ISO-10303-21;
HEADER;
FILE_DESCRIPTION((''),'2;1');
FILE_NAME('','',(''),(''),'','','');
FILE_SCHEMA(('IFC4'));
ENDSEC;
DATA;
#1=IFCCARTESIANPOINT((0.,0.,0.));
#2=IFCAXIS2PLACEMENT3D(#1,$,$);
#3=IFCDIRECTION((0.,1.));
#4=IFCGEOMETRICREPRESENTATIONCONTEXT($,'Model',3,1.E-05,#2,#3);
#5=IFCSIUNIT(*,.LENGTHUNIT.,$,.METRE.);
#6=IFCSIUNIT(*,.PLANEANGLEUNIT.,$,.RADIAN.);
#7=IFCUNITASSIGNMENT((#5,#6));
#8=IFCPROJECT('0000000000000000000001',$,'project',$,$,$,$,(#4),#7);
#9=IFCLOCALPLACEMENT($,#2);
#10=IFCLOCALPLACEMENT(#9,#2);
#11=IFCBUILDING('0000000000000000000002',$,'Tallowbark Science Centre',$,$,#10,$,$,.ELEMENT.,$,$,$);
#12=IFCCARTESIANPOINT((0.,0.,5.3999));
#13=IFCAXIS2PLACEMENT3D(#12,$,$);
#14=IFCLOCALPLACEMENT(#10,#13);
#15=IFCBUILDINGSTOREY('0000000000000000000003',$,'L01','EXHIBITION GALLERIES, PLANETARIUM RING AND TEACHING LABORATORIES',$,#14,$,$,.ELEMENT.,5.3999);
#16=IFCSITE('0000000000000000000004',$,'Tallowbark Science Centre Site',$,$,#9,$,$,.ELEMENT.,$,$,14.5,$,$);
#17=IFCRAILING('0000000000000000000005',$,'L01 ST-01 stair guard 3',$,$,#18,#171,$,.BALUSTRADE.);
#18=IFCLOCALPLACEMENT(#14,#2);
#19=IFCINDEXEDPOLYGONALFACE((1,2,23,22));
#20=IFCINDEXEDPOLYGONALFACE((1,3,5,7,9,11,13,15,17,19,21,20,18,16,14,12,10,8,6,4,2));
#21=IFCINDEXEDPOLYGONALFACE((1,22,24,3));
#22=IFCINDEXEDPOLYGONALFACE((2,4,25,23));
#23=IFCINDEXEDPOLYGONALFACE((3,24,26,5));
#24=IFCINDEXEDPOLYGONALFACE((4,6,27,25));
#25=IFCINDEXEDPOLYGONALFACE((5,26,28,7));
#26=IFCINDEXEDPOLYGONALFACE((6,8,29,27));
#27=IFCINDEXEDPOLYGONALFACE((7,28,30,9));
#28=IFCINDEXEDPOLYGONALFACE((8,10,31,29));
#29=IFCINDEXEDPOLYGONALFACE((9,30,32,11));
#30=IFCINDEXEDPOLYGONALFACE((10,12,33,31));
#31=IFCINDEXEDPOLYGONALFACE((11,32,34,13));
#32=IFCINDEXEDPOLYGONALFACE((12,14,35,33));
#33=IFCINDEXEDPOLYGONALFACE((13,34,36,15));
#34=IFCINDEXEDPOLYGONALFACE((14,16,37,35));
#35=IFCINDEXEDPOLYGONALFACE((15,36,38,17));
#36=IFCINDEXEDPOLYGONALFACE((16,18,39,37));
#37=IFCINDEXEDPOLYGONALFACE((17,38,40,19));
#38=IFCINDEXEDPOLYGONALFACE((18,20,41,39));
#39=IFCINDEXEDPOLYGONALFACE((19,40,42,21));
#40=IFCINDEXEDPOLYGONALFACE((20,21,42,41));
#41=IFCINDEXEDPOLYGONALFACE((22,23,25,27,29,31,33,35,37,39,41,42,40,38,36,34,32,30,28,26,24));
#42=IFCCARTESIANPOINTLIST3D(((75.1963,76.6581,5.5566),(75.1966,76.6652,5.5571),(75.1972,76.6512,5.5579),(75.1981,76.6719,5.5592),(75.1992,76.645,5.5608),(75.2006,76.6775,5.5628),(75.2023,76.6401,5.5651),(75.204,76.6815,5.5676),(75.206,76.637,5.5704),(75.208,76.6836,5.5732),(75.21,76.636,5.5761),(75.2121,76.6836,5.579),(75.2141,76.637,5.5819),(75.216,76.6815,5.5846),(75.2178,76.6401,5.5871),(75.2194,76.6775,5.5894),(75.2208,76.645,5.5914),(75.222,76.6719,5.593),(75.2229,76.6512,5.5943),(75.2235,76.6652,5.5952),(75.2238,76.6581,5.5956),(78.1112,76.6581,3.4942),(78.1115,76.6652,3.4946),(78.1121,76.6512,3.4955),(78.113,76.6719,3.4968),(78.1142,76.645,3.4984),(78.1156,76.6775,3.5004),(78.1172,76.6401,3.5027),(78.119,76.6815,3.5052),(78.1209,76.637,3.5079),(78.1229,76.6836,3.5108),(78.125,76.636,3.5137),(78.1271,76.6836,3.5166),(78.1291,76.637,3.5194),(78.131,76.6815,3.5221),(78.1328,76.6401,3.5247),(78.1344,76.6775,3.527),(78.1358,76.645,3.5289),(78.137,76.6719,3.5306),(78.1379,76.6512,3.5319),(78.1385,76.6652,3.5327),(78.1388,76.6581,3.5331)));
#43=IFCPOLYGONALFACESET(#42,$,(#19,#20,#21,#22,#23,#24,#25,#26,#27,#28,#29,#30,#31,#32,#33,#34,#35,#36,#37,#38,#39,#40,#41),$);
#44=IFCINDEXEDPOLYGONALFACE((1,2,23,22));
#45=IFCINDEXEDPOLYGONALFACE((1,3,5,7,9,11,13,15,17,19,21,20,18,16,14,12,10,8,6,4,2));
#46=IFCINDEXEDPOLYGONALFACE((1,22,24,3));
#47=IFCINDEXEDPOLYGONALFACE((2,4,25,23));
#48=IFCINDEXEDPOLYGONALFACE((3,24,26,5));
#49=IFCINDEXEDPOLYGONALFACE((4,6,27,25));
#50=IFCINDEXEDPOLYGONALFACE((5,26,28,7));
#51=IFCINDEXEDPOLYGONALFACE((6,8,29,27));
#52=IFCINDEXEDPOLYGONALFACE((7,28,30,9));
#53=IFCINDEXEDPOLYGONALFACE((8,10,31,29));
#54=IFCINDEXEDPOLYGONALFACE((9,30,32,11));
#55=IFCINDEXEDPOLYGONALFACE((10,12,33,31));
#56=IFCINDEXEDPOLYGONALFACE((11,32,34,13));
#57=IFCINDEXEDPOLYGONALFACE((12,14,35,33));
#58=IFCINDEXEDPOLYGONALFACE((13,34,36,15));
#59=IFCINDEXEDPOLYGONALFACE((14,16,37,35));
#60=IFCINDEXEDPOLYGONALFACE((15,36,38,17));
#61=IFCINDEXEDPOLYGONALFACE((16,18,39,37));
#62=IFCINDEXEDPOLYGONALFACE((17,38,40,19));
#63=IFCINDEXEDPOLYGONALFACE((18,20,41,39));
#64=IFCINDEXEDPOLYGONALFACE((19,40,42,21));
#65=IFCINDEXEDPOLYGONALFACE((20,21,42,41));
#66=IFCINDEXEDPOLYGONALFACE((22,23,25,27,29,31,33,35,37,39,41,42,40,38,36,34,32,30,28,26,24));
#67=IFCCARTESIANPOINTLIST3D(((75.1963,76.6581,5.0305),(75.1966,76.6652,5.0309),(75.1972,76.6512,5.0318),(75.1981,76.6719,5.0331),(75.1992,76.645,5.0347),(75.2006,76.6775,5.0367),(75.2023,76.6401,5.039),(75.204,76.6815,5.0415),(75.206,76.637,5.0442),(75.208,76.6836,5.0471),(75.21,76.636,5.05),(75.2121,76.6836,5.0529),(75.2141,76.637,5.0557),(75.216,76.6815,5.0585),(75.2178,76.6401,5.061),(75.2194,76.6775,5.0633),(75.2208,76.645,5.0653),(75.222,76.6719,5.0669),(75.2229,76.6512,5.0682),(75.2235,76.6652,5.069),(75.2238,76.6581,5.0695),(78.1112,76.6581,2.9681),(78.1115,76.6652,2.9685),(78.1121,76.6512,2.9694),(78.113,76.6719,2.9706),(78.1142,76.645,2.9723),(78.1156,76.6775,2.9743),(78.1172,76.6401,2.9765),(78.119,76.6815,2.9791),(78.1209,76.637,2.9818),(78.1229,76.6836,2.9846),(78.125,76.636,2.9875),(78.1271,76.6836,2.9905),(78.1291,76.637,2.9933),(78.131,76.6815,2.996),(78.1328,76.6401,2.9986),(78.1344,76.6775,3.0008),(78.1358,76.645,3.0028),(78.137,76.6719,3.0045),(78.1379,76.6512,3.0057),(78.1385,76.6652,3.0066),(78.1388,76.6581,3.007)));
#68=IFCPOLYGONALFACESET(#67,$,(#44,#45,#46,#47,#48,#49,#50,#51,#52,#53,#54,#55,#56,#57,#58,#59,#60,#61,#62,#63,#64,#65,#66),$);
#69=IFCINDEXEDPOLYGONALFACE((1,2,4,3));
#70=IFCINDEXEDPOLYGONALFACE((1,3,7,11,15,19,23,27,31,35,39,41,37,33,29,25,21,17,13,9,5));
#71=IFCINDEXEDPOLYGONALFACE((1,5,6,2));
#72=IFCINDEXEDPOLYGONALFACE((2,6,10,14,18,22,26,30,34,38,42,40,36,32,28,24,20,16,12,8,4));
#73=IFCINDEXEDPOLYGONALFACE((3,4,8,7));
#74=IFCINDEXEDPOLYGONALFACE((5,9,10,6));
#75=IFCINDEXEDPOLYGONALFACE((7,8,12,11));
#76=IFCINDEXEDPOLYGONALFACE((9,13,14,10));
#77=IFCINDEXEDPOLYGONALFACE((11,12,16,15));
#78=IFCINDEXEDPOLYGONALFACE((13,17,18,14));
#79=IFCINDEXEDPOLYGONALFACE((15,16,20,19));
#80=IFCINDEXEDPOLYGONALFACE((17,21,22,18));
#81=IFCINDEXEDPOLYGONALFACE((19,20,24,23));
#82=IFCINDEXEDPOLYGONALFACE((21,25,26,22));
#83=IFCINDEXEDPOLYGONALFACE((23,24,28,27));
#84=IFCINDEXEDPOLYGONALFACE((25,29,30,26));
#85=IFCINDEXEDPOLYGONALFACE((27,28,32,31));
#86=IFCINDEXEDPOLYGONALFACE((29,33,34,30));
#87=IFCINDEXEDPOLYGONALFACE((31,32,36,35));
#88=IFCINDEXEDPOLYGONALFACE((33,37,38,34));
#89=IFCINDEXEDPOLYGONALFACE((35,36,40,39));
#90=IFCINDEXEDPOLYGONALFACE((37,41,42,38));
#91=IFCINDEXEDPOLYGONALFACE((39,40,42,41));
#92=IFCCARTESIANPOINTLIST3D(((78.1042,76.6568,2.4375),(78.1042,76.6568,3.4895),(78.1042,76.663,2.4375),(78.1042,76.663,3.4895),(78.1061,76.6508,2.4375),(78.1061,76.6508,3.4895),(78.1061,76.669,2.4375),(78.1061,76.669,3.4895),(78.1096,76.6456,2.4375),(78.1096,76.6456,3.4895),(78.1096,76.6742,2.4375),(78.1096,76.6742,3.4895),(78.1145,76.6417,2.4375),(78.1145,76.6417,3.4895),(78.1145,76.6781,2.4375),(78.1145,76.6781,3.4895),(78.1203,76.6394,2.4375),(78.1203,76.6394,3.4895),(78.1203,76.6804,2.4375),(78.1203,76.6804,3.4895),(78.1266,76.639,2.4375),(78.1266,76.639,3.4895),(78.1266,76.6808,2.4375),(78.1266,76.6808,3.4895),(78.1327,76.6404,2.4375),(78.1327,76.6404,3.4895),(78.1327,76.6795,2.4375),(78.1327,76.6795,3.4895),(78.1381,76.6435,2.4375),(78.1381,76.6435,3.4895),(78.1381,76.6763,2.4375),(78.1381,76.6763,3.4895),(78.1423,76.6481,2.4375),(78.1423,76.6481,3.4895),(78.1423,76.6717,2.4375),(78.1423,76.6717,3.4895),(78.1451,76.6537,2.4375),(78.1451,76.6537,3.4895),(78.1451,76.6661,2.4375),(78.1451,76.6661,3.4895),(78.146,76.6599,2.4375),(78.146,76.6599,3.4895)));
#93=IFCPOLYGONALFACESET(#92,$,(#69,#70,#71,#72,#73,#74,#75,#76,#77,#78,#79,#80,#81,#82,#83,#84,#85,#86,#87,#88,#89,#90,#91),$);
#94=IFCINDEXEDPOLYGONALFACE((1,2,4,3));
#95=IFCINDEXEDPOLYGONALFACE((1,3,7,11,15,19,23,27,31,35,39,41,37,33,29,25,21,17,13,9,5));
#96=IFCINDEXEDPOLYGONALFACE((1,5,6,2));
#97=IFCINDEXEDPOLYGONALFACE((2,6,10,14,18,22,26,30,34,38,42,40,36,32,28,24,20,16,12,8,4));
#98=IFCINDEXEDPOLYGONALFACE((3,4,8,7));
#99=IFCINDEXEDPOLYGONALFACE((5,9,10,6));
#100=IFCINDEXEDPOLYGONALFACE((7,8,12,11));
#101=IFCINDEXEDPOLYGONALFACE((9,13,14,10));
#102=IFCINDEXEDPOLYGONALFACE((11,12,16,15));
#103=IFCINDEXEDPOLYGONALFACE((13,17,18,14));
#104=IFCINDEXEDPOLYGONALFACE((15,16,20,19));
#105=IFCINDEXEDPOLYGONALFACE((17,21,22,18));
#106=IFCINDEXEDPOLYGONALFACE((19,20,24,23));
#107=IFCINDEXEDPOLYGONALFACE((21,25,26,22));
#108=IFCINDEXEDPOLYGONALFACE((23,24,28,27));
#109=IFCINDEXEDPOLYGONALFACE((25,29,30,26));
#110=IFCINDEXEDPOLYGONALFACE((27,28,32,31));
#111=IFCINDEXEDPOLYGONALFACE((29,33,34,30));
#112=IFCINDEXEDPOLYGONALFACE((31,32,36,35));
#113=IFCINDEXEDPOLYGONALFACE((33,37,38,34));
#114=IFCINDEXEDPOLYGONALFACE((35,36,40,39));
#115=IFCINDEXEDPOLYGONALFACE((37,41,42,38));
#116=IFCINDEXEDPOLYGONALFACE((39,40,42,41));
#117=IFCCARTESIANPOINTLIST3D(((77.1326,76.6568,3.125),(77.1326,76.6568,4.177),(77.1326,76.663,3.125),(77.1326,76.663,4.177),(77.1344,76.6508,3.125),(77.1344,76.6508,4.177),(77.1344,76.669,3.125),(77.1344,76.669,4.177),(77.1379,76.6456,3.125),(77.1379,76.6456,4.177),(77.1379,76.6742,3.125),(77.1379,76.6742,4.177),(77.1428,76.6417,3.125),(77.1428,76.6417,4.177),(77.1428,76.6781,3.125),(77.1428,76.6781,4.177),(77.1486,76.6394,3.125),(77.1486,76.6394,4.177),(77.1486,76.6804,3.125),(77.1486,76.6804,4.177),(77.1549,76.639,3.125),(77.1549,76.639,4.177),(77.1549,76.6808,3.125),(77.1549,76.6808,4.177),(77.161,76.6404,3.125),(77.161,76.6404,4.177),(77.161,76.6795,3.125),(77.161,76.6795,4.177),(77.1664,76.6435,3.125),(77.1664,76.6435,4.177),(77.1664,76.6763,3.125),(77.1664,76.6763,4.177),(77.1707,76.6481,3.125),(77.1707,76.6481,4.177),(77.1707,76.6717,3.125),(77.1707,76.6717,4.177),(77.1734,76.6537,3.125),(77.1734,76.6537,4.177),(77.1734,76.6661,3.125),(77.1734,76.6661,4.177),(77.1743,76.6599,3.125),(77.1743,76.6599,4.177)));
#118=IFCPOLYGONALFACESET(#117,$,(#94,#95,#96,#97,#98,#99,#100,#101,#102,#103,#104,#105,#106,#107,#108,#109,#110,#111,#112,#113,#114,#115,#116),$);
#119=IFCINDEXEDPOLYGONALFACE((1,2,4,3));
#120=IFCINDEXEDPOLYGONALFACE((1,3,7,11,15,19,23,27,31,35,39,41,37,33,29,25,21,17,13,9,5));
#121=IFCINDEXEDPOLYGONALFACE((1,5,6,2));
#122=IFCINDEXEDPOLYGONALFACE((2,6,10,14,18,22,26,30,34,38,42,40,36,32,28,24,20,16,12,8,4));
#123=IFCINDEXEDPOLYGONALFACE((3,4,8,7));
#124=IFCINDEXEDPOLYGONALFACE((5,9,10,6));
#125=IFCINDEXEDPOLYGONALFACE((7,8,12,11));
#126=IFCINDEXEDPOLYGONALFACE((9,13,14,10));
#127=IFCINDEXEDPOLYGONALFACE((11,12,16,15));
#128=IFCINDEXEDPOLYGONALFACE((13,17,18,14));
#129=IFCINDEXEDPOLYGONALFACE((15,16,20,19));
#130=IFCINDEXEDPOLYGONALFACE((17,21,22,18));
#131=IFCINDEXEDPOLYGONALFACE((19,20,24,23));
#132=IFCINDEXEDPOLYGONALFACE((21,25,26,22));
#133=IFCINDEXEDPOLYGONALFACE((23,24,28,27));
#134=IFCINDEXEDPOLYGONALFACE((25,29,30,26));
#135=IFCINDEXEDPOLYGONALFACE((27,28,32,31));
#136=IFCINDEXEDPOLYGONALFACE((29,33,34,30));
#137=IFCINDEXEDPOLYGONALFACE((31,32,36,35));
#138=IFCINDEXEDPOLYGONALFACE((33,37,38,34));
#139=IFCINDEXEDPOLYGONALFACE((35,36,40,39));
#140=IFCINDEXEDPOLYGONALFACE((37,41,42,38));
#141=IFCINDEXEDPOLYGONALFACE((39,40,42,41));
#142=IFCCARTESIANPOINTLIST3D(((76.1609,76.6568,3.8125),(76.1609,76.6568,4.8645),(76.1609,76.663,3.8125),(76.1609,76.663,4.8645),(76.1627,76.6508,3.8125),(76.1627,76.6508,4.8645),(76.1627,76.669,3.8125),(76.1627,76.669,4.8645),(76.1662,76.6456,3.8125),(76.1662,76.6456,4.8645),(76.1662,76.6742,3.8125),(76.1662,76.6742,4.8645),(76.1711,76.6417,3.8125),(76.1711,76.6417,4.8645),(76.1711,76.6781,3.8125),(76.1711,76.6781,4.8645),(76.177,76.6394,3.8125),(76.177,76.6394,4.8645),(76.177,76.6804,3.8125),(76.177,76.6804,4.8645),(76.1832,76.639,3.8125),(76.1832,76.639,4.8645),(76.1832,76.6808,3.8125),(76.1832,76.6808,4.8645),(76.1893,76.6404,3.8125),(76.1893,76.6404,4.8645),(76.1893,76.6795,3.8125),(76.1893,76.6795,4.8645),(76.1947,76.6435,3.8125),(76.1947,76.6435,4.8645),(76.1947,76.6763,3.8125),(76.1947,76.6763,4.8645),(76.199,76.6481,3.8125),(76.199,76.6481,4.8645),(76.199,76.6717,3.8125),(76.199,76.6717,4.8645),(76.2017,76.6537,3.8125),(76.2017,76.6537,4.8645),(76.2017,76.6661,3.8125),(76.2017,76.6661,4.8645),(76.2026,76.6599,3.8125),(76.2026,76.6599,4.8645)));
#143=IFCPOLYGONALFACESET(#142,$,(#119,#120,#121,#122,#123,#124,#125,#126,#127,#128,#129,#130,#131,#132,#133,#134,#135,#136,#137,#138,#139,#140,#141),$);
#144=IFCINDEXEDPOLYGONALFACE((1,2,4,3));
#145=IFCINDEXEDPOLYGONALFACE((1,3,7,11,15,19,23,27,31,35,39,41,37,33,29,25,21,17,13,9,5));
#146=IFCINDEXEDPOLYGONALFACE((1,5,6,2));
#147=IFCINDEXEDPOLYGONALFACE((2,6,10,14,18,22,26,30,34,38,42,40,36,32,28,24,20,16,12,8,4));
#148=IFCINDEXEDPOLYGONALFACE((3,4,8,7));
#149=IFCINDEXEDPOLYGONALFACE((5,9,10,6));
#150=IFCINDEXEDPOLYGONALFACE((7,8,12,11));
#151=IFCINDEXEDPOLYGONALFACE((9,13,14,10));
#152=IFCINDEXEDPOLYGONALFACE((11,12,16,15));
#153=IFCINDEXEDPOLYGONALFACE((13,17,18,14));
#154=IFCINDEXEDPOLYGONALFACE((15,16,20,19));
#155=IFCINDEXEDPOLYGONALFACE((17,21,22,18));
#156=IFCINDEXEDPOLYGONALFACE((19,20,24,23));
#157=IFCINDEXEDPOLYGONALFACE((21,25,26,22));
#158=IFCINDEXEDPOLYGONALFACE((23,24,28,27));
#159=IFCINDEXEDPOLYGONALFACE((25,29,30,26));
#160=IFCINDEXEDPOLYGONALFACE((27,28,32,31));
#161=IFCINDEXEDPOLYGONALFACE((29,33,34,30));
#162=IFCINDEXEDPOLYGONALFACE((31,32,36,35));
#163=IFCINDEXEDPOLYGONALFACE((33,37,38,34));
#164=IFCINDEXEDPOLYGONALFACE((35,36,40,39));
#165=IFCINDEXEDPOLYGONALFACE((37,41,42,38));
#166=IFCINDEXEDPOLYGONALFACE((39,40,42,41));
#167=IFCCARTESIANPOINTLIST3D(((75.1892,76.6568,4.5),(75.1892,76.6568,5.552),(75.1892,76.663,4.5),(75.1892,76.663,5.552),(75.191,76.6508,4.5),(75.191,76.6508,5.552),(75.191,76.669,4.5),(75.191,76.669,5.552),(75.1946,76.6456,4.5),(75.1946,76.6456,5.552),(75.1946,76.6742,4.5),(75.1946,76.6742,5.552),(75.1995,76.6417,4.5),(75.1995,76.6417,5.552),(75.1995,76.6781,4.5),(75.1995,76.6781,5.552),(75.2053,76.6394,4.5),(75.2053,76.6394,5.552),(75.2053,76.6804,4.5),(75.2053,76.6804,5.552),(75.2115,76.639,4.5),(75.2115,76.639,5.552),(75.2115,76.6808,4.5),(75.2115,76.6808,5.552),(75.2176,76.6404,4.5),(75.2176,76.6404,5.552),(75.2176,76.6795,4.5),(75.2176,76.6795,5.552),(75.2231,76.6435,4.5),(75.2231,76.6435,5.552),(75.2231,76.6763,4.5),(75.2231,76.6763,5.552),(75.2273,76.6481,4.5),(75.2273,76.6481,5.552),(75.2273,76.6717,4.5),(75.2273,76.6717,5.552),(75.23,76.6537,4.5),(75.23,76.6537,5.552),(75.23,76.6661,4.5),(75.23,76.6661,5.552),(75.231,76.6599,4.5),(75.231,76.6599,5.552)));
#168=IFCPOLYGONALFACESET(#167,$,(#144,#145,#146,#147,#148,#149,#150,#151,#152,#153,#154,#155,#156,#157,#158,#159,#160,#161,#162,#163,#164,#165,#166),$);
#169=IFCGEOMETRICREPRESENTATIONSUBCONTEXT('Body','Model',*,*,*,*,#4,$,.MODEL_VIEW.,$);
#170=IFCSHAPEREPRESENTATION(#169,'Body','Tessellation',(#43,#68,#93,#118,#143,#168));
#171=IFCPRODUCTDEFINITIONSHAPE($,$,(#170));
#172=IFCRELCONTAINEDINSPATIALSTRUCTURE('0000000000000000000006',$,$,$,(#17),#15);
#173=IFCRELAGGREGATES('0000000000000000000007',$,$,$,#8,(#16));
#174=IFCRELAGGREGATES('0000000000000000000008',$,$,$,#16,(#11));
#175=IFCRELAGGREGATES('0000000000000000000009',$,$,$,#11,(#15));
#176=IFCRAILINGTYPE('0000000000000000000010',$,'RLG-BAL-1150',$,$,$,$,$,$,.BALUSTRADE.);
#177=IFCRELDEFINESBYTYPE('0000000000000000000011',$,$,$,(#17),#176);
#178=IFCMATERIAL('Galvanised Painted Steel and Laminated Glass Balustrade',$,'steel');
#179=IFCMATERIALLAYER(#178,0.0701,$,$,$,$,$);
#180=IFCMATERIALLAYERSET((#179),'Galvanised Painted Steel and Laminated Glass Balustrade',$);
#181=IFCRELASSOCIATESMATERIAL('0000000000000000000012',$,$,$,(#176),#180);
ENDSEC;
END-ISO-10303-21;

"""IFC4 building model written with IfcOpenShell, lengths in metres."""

from ifc_helpers import new_model, si_unit, direction, frame, origin, origin_2d, place, context, subcontext, project, spatial, circle, extrude, material, layer, layer_set, type_object, element, save


model = new_model("IFC4")

# Units and contexts
model_context = context("Model", 3, precision=1e-05, world=origin(), true_north=direction((0.0, 1.0)))
body_context = subcontext(model_context, "Body", "Model", "MODEL_VIEW")
ifc_project = project(units=[si_unit("LENGTHUNIT", "METRE"), si_unit("PLANEANGLEUNIT", "RADIAN")], contexts=[model_context])

# Site, building, storey
site_placement = place(None, origin())
site = spatial("IfcSite", under=ifc_project, at=site_placement, Name="Tallowbark Science Centre Site", CompositionType="ELEMENT", RefElevation=14.5)
building_placement = place(site_placement, origin())
building = spatial("IfcBuilding", under=site, at=building_placement, Name="Tallowbark Science Centre", CompositionType="ELEMENT")
storey_placement = place(building_placement, frame((0.0, 0.0, 5.3999)))
storey = spatial("IfcBuildingStorey", under=building, at=storey_placement, Name="L01", Description="EXHIBITION GALLERIES, PLANETARIUM RING AND TEACHING LABORATORIES", CompositionType="ELEMENT", Elevation=5.3999)

# Railing
ifc_material_1 = material(Name="Galvanised Painted Steel and Laminated Glass Balustrade", Category="steel")
ifc_layer_1 = layer(ifc_material_1, 0.0701)
ifc_layer_set_1 = layer_set([ifc_layer_1], Name="Galvanised Painted Steel and Laminated Glass Balustrade")
railing_type_1 = type_object("IfcRailingType", Name="RLG-BAL-1150", PredefinedType="BALUSTRADE", material=ifc_layer_set_1)
railing_1_placement = place(storey_placement, frame((78.125, 76.6599, 2.4375)))
element("IfcRailing", 1, at=railing_1_placement, inside=storey, type_object=railing_type_1, Name="L01 ST-01 stair guard 3", PredefinedType="BALUSTRADE", context=body_context, shape_type="SweptSolid", body=[
    extrude(circle(Radius=0.0239, at=origin_2d()), frame((0.0, 0.0, 1.0762), z_axis=(-0.816331, 0.0, 0.577585), x_axis=(0.0, -1.0, 0.0)), (0.0, 0.0, 1.0), 3.5708),
    extrude(circle(Radius=0.0239, at=origin_2d()), frame((0.0, 0.0, 0.55), z_axis=(-0.816331, 0.0, 0.577585), x_axis=(0.0, -1.0, 0.0)), (0.0, 0.0, 1.0), 3.5708),
    extrude(circle(Radius=0.021, at=origin_2d()), origin(), (0.0, 0.0, 1.0), 1.052),
    extrude(circle(Radius=0.021, at=origin_2d()), frame((-0.9717, 0.0, 0.6875)), (0.0, 0.0, 1.0), 1.052),
    extrude(circle(Radius=0.021, at=origin_2d()), frame((-1.9434, 0.0, 1.375)), (0.0, 0.0, 1.0), 1.052),
    extrude(circle(Radius=0.021, at=origin_2d()), frame((-2.915, 0.0, 2.0625)), (0.0, 0.0, 1.0), 1.052),
])

save(model, "model.ifc")
